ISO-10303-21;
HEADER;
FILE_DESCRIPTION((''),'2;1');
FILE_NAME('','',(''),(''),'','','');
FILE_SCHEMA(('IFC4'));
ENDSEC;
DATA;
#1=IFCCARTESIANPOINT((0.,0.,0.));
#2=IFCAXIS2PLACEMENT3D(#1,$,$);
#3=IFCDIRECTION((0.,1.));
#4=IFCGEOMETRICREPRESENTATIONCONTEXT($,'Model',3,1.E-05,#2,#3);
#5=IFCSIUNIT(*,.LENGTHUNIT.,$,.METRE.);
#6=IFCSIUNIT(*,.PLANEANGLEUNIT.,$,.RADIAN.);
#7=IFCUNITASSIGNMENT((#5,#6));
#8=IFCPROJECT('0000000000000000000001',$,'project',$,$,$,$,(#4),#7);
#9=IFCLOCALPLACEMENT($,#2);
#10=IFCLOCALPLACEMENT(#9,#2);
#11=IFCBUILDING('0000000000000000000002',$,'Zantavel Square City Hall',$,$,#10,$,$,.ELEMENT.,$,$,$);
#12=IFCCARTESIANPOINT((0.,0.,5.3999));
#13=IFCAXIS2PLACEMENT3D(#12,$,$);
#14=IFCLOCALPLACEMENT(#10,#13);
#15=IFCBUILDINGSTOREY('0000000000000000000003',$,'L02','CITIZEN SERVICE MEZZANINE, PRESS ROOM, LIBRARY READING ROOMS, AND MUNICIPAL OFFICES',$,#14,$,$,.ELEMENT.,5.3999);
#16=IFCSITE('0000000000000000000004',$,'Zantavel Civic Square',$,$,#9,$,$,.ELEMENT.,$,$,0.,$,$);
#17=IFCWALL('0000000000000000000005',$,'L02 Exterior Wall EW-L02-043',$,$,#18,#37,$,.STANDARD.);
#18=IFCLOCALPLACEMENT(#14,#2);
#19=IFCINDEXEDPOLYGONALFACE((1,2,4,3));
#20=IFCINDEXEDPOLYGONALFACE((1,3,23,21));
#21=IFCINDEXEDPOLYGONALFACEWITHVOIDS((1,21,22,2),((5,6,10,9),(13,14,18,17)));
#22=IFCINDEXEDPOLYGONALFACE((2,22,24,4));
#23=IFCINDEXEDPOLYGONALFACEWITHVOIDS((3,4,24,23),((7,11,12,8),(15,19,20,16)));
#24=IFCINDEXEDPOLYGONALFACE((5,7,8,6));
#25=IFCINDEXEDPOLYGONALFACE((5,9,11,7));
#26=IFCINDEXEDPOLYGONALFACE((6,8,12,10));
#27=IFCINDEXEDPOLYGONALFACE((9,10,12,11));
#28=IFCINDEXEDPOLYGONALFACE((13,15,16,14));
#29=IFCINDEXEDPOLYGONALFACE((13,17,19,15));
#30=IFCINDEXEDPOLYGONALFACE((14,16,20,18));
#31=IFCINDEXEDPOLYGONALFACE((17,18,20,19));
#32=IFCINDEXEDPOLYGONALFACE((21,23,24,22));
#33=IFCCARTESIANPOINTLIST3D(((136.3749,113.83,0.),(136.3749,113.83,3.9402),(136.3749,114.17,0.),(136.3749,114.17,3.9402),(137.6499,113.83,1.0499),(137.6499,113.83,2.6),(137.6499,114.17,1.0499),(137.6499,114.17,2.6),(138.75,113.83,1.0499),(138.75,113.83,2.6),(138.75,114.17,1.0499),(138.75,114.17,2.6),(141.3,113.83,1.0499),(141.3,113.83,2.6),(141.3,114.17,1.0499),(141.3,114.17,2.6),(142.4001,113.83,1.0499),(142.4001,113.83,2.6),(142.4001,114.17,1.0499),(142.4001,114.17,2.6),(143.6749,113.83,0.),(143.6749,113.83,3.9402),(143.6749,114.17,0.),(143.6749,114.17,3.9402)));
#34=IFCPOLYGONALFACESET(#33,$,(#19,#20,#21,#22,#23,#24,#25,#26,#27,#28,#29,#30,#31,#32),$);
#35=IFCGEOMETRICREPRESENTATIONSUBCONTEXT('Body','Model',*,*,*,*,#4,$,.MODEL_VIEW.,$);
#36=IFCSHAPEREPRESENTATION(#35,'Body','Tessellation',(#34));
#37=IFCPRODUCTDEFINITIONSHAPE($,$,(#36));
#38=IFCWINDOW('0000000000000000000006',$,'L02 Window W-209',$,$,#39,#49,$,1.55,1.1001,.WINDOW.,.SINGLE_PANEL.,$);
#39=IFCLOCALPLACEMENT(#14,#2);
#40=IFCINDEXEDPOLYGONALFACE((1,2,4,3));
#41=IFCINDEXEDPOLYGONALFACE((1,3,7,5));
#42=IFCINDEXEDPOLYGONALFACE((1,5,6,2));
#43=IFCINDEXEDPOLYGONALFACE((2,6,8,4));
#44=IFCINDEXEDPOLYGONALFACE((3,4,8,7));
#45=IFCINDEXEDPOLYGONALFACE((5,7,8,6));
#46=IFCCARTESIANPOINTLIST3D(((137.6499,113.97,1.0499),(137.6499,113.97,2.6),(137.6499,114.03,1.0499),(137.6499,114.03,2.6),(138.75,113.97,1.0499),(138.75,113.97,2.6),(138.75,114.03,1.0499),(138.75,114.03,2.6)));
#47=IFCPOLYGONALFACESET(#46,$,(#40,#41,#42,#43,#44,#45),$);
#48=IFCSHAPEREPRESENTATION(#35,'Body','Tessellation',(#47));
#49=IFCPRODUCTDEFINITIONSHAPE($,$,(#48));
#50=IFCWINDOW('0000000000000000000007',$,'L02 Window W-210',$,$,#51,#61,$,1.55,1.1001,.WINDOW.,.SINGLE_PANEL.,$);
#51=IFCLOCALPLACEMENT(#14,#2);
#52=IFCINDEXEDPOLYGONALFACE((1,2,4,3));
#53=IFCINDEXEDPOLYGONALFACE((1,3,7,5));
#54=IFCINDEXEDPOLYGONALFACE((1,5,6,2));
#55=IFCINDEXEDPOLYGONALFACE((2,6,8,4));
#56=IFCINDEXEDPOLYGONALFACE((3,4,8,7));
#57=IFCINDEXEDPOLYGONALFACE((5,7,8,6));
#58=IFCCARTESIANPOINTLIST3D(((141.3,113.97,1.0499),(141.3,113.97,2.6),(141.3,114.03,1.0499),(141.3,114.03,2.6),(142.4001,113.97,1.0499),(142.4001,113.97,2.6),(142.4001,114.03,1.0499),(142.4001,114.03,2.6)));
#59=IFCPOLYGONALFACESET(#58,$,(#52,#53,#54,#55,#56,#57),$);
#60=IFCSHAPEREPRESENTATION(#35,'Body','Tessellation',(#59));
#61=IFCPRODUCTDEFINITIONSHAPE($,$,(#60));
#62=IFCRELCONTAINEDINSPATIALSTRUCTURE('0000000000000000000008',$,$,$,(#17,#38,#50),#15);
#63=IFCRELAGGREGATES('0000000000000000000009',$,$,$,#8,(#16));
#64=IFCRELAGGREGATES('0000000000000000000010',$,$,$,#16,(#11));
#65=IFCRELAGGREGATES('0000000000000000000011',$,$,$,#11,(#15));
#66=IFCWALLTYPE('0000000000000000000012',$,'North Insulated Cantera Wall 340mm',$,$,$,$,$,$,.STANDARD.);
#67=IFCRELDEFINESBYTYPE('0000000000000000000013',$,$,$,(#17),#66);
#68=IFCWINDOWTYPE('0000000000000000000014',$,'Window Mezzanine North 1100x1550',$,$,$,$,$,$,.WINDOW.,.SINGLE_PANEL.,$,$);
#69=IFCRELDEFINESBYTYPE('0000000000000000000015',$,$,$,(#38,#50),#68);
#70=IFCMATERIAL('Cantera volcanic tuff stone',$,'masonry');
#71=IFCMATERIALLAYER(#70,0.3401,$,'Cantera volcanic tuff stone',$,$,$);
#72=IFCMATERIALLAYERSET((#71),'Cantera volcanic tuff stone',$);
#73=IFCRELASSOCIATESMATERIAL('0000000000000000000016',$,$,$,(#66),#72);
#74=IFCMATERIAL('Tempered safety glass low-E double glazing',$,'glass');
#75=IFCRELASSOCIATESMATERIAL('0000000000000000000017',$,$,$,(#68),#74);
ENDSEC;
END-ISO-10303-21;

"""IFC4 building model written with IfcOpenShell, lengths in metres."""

from ifc_helpers import new_model, si_unit, direction, frame, frame_2d, origin, place, context, subcontext, project, spatial, rectangle, extrude, material, layer, layer_set, type_object, element, fill, save


model = new_model("IFC4")

# Units and contexts
model_context = context("Model", 3, precision=1e-05, world=origin(), true_north=direction((0.0, 1.0)))
body_context = subcontext(model_context, "Body", "Model", "MODEL_VIEW")
ifc_project = project(units=[si_unit("LENGTHUNIT", "METRE"), si_unit("PLANEANGLEUNIT", "RADIAN")], contexts=[model_context])

# Site, building, storey
site_placement = place(None, origin())
site = spatial("IfcSite", under=ifc_project, at=site_placement, Name="Zantavel Civic Square", CompositionType="ELEMENT", RefElevation=0.0)
building_placement = place(site_placement, origin())
building = spatial("IfcBuilding", under=site, at=building_placement, Name="Zantavel Square City Hall", CompositionType="ELEMENT")
storey_placement = place(building_placement, frame((0.0, 0.0, 5.3999)))
storey = spatial("IfcBuildingStorey", under=building, at=storey_placement, Name="L02", Description="CITIZEN SERVICE MEZZANINE, PRESS ROOM, LIBRARY READING ROOMS, AND MUNICIPAL OFFICES", CompositionType="ELEMENT", Elevation=5.3999)

# Wall, openings, windows
ifc_material_1 = material(Name="Cantera volcanic tuff stone", Category="masonry")
ifc_layer_1 = layer(ifc_material_1, 0.3401, Name="Cantera volcanic tuff stone")
ifc_layer_set_1 = layer_set([ifc_layer_1], Name="Cantera volcanic tuff stone")
wall_type_1 = type_object("IfcWallType", Name="North Insulated Cantera Wall 340mm", PredefinedType="STANDARD", material=ifc_layer_set_1)
wall_1_placement = place(storey_placement, frame((136.375, 114.0, 0.0), z_axis=(0.0, 0.0, 1.0), x_axis=(1.0, 0.0, 0.0)))
wall_1 = element("IfcWall", 1, at=wall_1_placement, inside=storey, type_object=wall_type_1, Name="L02 Exterior Wall EW-L02-043", PredefinedType="STANDARD", context=body_context, shape_type="SweptSolid", body=[
    extrude(rectangle(XDim=7.3, YDim=0.3401, at=frame_2d((3.6499, 0.0))), origin(), (0.0, 0.0, 1.0), 3.9402),
])
opening_1_placement = place(wall_1_placement, frame((1.2749, 0.0, 1.05)))
opening_1 = element("IfcOpeningElement", 2, at=opening_1_placement, cuts=wall_1, PredefinedType="OPENING", context=body_context, shape_type="SweptSolid", body=[
    extrude(rectangle(XDim=1.1001, YDim=1.55, at=frame_2d((0.55, 0.7749))), frame((0.0, 0.1799, 0.0), z_axis=(0.0, -1.0, 0.0), x_axis=(1.0, 0.0, 0.0)), (0.0, 0.0, 1.0), 0.3601),
])
opening_2_placement = place(wall_1_placement, frame((4.925, 0.0, 1.05)))
opening_2 = element("IfcOpeningElement", 3, at=opening_2_placement, cuts=wall_1, PredefinedType="OPENING", context=body_context, shape_type="SweptSolid", body=[
    extrude(rectangle(XDim=1.1001, YDim=1.55, at=frame_2d((0.55, 0.7749))), frame((0.0, 0.1799, 0.0), z_axis=(0.0, -1.0, 0.0), x_axis=(1.0, 0.0, 0.0)), (0.0, 0.0, 1.0), 0.3601),
])
ifc_material_2 = material(Name="Tempered safety glass low-E double glazing", Category="glass")
window_type = type_object("IfcWindowType", Name="Window Mezzanine North 1100x1550", PartitioningType="SINGLE_PANEL", PredefinedType="WINDOW", material=ifc_material_2)
window_1_placement = place(opening_1_placement, origin())
window_1 = element("IfcWindow", 4, at=window_1_placement, inside=storey, type_object=window_type, Name="L02 Window W-209", OverallHeight=1.55, OverallWidth=1.1001, PartitioningType="SINGLE_PANEL", PredefinedType="WINDOW", context=body_context, shape_type="SweptSolid", body=[
    extrude(rectangle(XDim=1.1001, YDim=1.55, at=frame_2d((0.55, 0.7749))), frame((0.0, 0.03, 0.0), z_axis=(0.0, -1.0, 0.0), x_axis=(1.0, 0.0, 0.0)), (0.0, 0.0, 1.0), 0.0601),
])
fill(opening_1, window_1)
window_2_placement = place(opening_2_placement, origin())
window_2 = element("IfcWindow", 5, at=window_2_placement, inside=storey, type_object=window_type, Name="L02 Window W-210", OverallHeight=1.55, OverallWidth=1.1001, PartitioningType="SINGLE_PANEL", PredefinedType="WINDOW", context=body_context, shape_type="SweptSolid", body=[
    extrude(rectangle(XDim=1.1001, YDim=1.55, at=frame_2d((0.55, 0.7749))), frame((0.0, 0.03, 0.0), z_axis=(0.0, -1.0, 0.0), x_axis=(1.0, 0.0, 0.0)), (0.0, 0.0, 1.0), 0.0601),
])
fill(opening_2, window_2)

save(model, "model.ifc")
